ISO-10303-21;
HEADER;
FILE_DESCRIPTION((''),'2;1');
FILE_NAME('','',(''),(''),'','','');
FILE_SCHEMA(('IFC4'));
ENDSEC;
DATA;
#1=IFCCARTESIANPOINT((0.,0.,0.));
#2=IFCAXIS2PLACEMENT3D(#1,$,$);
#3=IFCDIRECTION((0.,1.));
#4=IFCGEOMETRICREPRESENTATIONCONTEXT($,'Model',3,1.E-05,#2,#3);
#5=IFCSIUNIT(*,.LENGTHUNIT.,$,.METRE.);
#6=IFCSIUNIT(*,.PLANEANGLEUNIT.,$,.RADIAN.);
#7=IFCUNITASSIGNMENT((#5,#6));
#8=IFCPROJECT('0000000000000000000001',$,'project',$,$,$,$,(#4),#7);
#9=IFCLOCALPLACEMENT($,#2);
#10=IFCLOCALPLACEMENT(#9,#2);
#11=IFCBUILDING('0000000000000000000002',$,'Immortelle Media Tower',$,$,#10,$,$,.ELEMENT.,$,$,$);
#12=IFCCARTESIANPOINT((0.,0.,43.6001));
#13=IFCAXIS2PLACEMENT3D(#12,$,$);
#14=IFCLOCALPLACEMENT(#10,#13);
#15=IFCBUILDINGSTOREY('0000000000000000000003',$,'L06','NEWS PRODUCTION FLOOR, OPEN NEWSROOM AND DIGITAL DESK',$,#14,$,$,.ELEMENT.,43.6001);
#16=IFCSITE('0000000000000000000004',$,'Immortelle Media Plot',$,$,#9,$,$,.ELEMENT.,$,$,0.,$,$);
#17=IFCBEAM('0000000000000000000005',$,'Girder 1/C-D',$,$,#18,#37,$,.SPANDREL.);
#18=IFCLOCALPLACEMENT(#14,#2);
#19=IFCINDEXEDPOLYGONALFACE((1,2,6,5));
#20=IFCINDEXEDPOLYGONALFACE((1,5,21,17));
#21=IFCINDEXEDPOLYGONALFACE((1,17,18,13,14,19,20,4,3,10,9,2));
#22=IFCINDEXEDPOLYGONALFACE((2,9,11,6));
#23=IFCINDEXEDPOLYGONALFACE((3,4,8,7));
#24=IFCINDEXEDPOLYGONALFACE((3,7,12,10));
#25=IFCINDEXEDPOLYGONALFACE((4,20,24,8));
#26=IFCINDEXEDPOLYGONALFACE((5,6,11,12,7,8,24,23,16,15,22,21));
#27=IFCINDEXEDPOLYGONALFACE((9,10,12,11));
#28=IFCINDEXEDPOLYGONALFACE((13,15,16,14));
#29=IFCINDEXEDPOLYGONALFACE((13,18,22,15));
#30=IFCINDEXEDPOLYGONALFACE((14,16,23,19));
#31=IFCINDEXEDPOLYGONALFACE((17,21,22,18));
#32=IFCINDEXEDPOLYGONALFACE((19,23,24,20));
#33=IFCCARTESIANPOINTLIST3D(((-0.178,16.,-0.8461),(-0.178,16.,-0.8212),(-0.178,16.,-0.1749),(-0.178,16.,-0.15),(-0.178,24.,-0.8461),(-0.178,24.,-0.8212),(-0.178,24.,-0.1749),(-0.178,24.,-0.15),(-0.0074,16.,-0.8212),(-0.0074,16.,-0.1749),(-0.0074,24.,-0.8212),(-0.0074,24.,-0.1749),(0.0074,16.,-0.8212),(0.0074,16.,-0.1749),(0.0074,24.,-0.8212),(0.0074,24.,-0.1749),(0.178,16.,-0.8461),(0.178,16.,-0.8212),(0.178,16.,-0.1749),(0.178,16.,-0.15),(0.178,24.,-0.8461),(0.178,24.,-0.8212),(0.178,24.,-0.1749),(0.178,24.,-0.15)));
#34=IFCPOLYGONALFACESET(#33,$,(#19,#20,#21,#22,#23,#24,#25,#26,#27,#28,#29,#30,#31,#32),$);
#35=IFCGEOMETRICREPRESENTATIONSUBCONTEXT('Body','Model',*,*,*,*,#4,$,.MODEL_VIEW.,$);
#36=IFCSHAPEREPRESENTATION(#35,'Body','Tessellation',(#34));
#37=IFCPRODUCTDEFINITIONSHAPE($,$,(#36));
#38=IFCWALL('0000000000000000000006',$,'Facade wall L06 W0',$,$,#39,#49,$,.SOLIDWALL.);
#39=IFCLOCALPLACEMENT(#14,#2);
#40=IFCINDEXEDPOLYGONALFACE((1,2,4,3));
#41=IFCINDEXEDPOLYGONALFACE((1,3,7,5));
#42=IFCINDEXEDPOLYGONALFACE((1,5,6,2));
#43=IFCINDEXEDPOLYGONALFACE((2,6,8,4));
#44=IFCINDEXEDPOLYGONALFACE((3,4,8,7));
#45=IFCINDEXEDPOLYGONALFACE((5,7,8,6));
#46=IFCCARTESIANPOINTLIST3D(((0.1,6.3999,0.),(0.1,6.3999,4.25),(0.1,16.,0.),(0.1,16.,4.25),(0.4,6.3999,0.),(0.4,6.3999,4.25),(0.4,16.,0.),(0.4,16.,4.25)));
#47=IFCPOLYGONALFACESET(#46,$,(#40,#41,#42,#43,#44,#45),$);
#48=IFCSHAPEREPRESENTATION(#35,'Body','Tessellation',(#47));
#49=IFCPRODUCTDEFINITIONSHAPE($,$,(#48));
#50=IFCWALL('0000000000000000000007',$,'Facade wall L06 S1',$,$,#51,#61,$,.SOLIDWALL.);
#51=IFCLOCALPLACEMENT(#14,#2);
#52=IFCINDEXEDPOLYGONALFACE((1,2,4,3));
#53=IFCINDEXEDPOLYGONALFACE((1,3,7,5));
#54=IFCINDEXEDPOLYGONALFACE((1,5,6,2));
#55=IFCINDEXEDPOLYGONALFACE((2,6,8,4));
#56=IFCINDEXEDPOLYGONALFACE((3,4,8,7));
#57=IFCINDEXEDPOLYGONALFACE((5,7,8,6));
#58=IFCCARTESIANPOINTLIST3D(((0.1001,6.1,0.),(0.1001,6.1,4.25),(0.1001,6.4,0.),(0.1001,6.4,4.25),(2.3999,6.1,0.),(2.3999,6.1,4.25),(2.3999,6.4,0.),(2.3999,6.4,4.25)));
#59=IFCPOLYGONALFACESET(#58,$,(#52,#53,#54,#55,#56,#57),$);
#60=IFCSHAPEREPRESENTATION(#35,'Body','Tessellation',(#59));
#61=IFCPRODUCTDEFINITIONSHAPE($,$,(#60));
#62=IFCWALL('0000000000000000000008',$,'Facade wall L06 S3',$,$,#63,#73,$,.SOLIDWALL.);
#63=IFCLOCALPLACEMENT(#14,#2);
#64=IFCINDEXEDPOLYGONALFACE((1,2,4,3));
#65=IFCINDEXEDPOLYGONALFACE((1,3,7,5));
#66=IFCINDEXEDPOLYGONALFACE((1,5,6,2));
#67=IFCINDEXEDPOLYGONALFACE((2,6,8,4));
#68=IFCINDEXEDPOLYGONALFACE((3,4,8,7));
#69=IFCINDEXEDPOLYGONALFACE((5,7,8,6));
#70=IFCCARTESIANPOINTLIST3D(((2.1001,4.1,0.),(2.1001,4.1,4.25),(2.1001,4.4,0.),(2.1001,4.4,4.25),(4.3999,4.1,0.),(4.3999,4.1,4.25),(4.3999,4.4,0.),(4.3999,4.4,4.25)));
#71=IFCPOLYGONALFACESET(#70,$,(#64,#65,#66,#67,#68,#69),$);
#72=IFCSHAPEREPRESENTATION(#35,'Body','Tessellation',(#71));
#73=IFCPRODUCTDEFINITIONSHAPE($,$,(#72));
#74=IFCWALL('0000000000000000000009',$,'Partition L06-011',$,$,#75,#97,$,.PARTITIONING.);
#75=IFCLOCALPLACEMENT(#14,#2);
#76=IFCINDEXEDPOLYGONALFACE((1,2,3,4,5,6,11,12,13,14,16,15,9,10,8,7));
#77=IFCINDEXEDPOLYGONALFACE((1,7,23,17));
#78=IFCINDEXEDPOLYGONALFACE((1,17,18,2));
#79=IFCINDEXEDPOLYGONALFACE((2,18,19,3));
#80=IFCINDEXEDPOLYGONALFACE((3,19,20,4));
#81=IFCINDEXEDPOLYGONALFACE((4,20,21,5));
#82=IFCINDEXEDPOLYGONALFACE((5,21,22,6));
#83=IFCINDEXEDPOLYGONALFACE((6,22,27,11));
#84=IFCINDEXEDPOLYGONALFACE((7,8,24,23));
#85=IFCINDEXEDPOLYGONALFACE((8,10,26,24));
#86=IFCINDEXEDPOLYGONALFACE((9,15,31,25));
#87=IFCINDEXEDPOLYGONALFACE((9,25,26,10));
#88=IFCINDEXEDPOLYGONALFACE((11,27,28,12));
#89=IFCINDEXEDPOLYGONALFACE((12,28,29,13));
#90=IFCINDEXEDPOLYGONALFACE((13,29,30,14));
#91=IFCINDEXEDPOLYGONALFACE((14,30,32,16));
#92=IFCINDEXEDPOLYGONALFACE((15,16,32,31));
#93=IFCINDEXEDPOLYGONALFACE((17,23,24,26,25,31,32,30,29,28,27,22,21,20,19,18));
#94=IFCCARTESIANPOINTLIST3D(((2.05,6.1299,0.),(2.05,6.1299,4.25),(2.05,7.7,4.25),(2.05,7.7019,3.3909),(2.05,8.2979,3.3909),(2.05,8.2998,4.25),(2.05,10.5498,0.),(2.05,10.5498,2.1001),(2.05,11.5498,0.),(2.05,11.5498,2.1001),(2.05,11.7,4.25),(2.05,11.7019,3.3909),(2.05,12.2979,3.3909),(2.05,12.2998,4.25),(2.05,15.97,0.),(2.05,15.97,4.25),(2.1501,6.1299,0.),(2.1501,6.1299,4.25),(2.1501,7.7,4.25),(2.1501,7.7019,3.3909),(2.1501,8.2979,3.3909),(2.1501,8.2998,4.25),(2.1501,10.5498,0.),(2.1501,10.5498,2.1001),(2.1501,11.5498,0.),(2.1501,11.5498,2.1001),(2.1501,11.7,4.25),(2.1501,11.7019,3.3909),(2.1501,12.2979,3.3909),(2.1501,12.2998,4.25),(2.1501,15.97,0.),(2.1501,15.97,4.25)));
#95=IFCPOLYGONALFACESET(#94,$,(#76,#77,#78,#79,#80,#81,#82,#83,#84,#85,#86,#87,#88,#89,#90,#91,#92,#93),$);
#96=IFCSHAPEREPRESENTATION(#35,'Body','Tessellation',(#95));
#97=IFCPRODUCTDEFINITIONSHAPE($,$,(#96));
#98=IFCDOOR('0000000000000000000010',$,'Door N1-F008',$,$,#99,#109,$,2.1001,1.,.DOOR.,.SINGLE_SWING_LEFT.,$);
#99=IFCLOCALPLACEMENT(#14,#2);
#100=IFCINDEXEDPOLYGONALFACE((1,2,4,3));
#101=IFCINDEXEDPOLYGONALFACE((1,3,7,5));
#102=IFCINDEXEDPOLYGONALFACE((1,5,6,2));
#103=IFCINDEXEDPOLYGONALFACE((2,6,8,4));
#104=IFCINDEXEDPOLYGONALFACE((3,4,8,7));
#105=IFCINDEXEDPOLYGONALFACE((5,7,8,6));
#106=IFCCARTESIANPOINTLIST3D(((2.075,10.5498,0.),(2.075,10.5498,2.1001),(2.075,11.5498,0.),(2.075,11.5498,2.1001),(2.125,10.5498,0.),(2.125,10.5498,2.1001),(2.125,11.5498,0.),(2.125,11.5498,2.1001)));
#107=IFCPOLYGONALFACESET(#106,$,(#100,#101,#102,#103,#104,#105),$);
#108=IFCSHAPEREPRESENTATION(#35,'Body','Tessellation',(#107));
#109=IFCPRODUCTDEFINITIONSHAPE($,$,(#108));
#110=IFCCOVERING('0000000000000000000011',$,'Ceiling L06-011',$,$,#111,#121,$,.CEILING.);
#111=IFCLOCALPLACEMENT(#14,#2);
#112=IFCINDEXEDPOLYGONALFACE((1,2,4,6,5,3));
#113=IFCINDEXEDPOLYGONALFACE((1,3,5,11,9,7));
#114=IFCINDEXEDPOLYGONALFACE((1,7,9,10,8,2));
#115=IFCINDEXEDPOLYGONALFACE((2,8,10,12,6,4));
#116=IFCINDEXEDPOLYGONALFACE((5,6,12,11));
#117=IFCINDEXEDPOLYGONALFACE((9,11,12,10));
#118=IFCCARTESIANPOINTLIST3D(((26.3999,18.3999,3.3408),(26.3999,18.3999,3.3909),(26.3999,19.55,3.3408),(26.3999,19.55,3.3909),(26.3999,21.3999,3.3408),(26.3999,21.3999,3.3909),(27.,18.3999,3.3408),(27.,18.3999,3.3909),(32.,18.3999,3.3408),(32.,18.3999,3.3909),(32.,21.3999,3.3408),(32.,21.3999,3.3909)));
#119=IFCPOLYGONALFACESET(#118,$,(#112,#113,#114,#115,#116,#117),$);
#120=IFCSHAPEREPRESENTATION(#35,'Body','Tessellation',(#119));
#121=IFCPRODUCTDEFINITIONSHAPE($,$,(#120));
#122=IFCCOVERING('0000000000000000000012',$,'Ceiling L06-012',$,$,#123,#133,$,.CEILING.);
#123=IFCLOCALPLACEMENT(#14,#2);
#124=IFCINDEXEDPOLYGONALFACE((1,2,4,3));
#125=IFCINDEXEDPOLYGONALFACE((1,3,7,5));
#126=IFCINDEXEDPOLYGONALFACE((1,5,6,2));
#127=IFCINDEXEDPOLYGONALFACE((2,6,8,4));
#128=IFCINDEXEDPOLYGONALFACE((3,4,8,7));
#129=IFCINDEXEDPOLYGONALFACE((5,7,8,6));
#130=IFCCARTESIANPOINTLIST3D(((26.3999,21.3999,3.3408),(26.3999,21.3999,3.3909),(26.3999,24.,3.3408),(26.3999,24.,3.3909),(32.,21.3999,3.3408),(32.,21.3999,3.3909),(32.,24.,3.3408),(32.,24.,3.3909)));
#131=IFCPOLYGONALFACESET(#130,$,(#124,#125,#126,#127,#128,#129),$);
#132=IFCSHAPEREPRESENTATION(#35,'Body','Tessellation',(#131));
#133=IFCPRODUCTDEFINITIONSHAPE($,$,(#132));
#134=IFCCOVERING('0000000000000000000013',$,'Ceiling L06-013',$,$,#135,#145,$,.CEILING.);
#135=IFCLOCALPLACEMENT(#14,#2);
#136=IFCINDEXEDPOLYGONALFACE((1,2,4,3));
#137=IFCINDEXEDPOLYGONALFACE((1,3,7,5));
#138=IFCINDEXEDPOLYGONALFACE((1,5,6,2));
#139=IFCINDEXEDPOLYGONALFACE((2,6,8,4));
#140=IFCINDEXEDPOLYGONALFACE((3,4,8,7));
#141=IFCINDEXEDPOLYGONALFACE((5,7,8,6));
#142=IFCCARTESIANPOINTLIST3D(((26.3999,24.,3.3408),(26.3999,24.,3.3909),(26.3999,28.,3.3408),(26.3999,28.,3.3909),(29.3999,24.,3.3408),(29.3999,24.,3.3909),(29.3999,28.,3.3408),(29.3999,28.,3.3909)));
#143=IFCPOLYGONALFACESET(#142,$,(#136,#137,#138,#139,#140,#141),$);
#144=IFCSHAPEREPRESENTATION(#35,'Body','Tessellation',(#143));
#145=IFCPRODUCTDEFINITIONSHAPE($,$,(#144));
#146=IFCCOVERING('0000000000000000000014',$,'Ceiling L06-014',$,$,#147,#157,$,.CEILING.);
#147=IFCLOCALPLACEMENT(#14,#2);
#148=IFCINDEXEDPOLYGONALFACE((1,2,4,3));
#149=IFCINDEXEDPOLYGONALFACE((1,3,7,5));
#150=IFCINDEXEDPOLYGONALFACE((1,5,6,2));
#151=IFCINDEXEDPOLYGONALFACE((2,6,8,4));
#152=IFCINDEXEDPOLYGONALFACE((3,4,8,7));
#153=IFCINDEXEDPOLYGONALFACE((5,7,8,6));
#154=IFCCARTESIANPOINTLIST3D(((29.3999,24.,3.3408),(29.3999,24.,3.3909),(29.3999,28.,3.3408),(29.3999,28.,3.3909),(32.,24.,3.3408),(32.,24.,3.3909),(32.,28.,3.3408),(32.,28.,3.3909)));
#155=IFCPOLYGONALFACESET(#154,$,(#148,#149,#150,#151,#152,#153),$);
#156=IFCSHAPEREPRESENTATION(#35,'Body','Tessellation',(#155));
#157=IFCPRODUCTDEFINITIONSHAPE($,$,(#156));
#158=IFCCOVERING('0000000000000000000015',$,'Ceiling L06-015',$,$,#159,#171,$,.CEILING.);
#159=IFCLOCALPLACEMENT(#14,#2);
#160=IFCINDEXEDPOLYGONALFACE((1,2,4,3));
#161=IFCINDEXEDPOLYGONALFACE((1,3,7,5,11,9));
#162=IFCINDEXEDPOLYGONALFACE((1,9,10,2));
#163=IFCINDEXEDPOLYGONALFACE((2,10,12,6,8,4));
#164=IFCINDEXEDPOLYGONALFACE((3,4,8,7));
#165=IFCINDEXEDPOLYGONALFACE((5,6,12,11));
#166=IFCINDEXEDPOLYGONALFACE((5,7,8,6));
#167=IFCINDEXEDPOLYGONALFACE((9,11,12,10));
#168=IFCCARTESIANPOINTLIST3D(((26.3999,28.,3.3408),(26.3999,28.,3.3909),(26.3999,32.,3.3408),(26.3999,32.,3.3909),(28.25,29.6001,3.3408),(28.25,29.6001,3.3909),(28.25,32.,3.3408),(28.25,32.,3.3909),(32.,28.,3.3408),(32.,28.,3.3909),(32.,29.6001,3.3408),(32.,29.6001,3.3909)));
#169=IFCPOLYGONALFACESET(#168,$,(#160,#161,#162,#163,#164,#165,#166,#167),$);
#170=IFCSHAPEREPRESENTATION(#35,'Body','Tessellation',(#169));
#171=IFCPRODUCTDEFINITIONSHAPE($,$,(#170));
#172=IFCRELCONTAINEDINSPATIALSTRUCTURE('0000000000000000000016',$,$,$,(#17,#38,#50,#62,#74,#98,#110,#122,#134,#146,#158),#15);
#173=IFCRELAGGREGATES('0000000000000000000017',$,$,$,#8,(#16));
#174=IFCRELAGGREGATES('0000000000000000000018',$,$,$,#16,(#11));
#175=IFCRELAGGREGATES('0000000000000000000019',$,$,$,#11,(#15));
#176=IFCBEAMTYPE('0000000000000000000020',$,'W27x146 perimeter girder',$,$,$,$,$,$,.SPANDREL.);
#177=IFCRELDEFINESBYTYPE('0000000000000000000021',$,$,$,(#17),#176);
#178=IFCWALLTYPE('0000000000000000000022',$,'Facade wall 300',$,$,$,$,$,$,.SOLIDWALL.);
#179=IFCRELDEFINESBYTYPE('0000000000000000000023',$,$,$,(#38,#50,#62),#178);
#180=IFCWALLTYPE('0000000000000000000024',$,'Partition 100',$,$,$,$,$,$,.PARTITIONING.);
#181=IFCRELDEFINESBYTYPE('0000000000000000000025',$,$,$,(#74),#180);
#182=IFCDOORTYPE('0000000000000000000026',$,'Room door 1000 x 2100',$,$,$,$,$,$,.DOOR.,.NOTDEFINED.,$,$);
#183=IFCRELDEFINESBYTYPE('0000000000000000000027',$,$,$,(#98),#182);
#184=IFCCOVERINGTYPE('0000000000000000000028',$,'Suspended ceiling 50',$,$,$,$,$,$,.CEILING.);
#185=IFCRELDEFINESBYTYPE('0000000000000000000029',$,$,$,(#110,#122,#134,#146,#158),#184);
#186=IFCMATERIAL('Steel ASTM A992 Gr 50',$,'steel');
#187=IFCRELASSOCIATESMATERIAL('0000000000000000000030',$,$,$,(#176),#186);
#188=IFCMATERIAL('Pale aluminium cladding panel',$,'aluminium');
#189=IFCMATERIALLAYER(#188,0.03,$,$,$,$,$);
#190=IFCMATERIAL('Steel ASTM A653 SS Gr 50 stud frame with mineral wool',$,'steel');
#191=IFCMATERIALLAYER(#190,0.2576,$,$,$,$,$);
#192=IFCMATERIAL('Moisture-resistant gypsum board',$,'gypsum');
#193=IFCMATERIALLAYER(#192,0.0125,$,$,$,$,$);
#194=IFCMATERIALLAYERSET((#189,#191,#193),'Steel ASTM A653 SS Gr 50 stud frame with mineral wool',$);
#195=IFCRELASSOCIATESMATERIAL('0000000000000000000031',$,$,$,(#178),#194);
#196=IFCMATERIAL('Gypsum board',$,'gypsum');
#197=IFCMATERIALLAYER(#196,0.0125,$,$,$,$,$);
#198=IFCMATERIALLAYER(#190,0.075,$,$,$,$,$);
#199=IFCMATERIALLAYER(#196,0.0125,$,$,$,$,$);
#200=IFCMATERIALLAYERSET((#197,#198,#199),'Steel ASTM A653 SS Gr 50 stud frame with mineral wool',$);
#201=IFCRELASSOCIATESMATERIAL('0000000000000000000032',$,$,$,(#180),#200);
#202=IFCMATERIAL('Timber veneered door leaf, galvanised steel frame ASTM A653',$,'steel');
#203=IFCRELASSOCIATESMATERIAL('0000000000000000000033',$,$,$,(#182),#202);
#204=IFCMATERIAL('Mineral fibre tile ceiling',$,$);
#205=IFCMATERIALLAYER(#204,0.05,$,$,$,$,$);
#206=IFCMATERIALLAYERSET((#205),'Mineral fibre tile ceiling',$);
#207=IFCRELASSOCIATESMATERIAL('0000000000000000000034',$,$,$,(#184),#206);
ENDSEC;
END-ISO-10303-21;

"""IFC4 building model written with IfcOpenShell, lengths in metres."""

from ifc_helpers import new_model, si_unit, direction, frame, frame_2d, origin, origin_2d, place, context, subcontext, project, spatial, polyline, rectangle, i_section, outline, extrude, material, layer, layer_set, material_profile, profile_set, type_object, element, fill, save


model = new_model("IFC4")

# Units and contexts
model_context = context("Model", 3, precision=1e-05, world=origin(), true_north=direction((0.0, 1.0)))
body_context = subcontext(model_context, "Body", "Model", "MODEL_VIEW")
ifc_project = project(units=[si_unit("LENGTHUNIT", "METRE"), si_unit("PLANEANGLEUNIT", "RADIAN")], contexts=[model_context])

# Site, building, storey
site_placement = place(None, origin())
site = spatial("IfcSite", under=ifc_project, at=site_placement, Name="Immortelle Media Plot", CompositionType="ELEMENT", RefElevation=0.0)
building_placement = place(site_placement, origin())
building = spatial("IfcBuilding", under=site, at=building_placement, Name="Immortelle Media Tower", CompositionType="ELEMENT")
storey_placement = place(building_placement, frame((0.0, 0.0, 43.6001)))
storey = spatial("IfcBuildingStorey", under=building, at=storey_placement, Name="L06", Description="NEWS PRODUCTION FLOOR, OPEN NEWSROOM AND DIGITAL DESK", CompositionType="ELEMENT", Elevation=43.6001)

# Shared definitions
ifc_material_1 = material(Name="Steel ASTM A992 Gr 50", Category="steel")

# Beam
ifc_material_profile_1 = material_profile(ifc_material_1, i_section(OverallWidth=0.356, OverallDepth=0.696, WebThickness=0.0149, FlangeThickness=0.0249, at=origin_2d()), Name="W27x146")
ifc_profile_set_1 = profile_set([ifc_material_profile_1], Name="Steel ASTM A992 Gr 50")
beam_type_1 = type_object("IfcBeamType", Name="W27x146 perimeter girder", PredefinedType="SPANDREL", material=ifc_profile_set_1)
for number, where, z_axis, x_axis, name in (
    (1, (0.0, 16.0, -0.498), (0.0, 1.0, 0.0), (-1.0, 0.0, 0.0), "Girder 1/C-D"),
):
    element("IfcBeam", number, at=place(storey_placement, frame(where, z_axis=z_axis, x_axis=x_axis)), inside=storey, type_object=beam_type_1, Name=name, PredefinedType="SPANDREL", context=body_context, shape_type="SweptSolid", body=[
        extrude(i_section(OverallWidth=0.356, OverallDepth=0.696, WebThickness=0.0149, FlangeThickness=0.0249, at=origin_2d()), origin(), (0.0, 0.0, 1.0), 8.0),
    ])

# Walls
ifc_material_2 = material(Name="Pale aluminium cladding panel", Category="aluminium")
ifc_layer_1 = layer(ifc_material_2, 0.03)
ifc_material_3 = material(Name="Steel ASTM A653 SS Gr 50 stud frame with mineral wool", Category="steel")
ifc_layer_2 = layer(ifc_material_3, 0.2576)
ifc_material_4 = material(Name="Moisture-resistant gypsum board", Category="gypsum")
ifc_layer_3 = layer(ifc_material_4, 0.0125)
ifc_layer_set_1 = layer_set([ifc_layer_1, ifc_layer_2, ifc_layer_3], Name="Steel ASTM A653 SS Gr 50 stud frame with mineral wool")
wall_type_1 = type_object("IfcWallType", Name="Facade wall 300", PredefinedType="SOLIDWALL", material=ifc_layer_set_1)
wall_1_placement = place(storey_placement, frame((0.25, 16.0, 0.0), z_axis=(0.0, 0.0, 1.0), x_axis=(0.0, -1.0, 0.0)))
element("IfcWall", 2, at=wall_1_placement, inside=storey, type_object=wall_type_1, Name="Facade wall L06 W0", PredefinedType="SOLIDWALL", context=body_context, shape_type="SweptSolid", body=[
    extrude(rectangle(XDim=9.6001, YDim=0.3, at=frame_2d((4.8, 0.0))), origin(), (0.0, 0.0, 1.0), 4.25),
])
for number, where, z_axis, x_axis, name in (
    (3, (0.1001, 6.25, 0.0), (0.0, 0.0, 1.0), (1.0, 0.0, 0.0), "Facade wall L06 S1"),
    (4, (2.1001, 4.25, 0.0), (0.0, 0.0, 1.0), (1.0, 0.0, 0.0), "Facade wall L06 S3"),
):
    element("IfcWall", number, at=place(storey_placement, frame(where, z_axis=z_axis, x_axis=x_axis)), inside=storey, type_object=wall_type_1, Name=name, PredefinedType="SOLIDWALL", context=body_context, shape_type="SweptSolid", body=[
        extrude(rectangle(XDim=2.2998, YDim=0.3, at=frame_2d((1.1499, 0.0))), origin(), (0.0, 0.0, 1.0), 4.25),
    ])

# Wall, opening, door
ifc_material_5 = material(Name="Gypsum board", Category="gypsum")
ifc_layer_4 = layer(ifc_material_5, 0.0125)
ifc_layer_5 = layer(ifc_material_3, 0.075)
ifc_layer_6 = layer(ifc_material_5, 0.0125)
ifc_layer_set_2 = layer_set([ifc_layer_4, ifc_layer_5, ifc_layer_6], Name="Steel ASTM A653 SS Gr 50 stud frame with mineral wool")
wall_type_2 = type_object("IfcWallType", Name="Partition 100", PredefinedType="PARTITIONING", material=ifc_layer_set_2)
wall_2_placement = place(storey_placement, frame((2.1001, 6.1299, 0.0), z_axis=(0.0, 0.0, 1.0), x_axis=(0.0, 1.0, 0.0)))
wall_2 = element("IfcWall", 5, at=wall_2_placement, inside=storey, type_object=wall_type_2, Name="Partition L06-011", PredefinedType="PARTITIONING", context=body_context, shape_type="SweptSolid", body=[
    extrude(outline(polyline([(0.0, 0.0), (9.8401, 0.0), (9.8401, 4.25), (6.1699, 4.25), (6.168, 3.3909), (5.572, 3.3909), (5.5701, 4.25), (2.1699, 4.25), (2.168, 3.3909), (1.572, 3.3909), (1.5701, 4.25), (0.0, 4.25), (0.0, 0.0)])), frame((0.0, 0.05, 0.0), z_axis=(0.0, -1.0, 0.0), x_axis=(1.0, 0.0, 0.0)), (0.0, 0.0, 1.0), 0.1001),
])
opening_placement = place(wall_2_placement, frame((5.4199, 0.0, 0.0), z_axis=(0.0, 0.0, 1.0), x_axis=(-1.0, 0.0, 0.0)))
opening = element("IfcOpeningElement", 6, at=opening_placement, cuts=wall_2, PredefinedType="OPENING", context=body_context, shape_type="SweptSolid", body=[
    extrude(rectangle(XDim=1.0, YDim=2.1001, at=frame_2d((0.5, 1.05))), frame((0.0, 0.0601, 0.0), z_axis=(0.0, -1.0, 0.0), x_axis=(1.0, 0.0, 0.0)), (0.0, 0.0, 1.0), 0.1201),
])
ifc_material_6 = material(Name="Timber veneered door leaf, galvanised steel frame ASTM A653", Category="steel")
door_type = type_object("IfcDoorType", Name="Room door 1000 x 2100", OperationType="NOTDEFINED", PredefinedType="DOOR", material=ifc_material_6)
door_placement = place(opening_placement, origin())
door = element("IfcDoor", 7, at=door_placement, inside=storey, type_object=door_type, Name="Door N1-F008", OperationType="SINGLE_SWING_LEFT", OverallHeight=2.1001, OverallWidth=1.0, PredefinedType="DOOR", context=body_context, shape_type="SweptSolid", body=[
    extrude(rectangle(XDim=1.0, YDim=2.1001, at=frame_2d((0.5, 1.05))), frame((0.0, 0.0249, 0.0), z_axis=(0.0, -1.0, 0.0), x_axis=(1.0, 0.0, 0.0)), (0.0, 0.0, 1.0), 0.05),
])
fill(opening, door)

# Coverings
ifc_material_7 = material(Name="Mineral fibre tile ceiling")
ifc_layer_7 = layer(ifc_material_7, 0.05)
ifc_layer_set_3 = layer_set([ifc_layer_7], Name="Mineral fibre tile ceiling")
covering_type = type_object("IfcCoveringType", Name="Suspended ceiling 50", PredefinedType="CEILING", material=ifc_layer_set_3)
covering_1_placement = place(storey_placement, frame((0.0, 0.0, 3.3408)))
element("IfcCovering", 8, at=covering_1_placement, inside=storey, type_object=covering_type, Name="Ceiling L06-011", PredefinedType="CEILING", context=body_context, shape_type="SweptSolid", body=[
    extrude(outline(polyline([(27.0, 18.3999), (26.3999, 18.3999), (26.3999, 19.55), (26.3999, 21.3999), (32.0, 21.3999), (32.0, 18.3999), (27.0, 18.3999)])), origin(), (0.0, 0.0, 1.0), 0.05),
])
covering_2_placement = place(storey_placement, frame((0.0, 0.0, 3.3408)))
element("IfcCovering", 9, at=covering_2_placement, inside=storey, type_object=covering_type, Name="Ceiling L06-012", PredefinedType="CEILING", context=body_context, shape_type="SweptSolid", body=[
    extrude(outline(polyline([(26.3999, 24.0), (32.0, 24.0), (32.0, 21.3999), (26.3999, 21.3999), (26.3999, 24.0)])), origin(), (0.0, 0.0, 1.0), 0.05),
])
covering_3_placement = place(storey_placement, frame((0.0, 0.0, 3.3408)))
element("IfcCovering", 10, at=covering_3_placement, inside=storey, type_object=covering_type, Name="Ceiling L06-013", PredefinedType="CEILING", context=body_context, shape_type="SweptSolid", body=[
    extrude(outline(polyline([(29.3999, 28.0), (29.3999, 24.0), (26.3999, 24.0), (26.3999, 28.0), (29.3999, 28.0)])), origin(), (0.0, 0.0, 1.0), 0.05),
])
covering_4_placement = place(storey_placement, frame((0.0, 0.0, 3.3408)))
element("IfcCovering", 11, at=covering_4_placement, inside=storey, type_object=covering_type, Name="Ceiling L06-014", PredefinedType="CEILING", context=body_context, shape_type="SweptSolid", body=[
    extrude(outline(polyline([(32.0, 28.0), (32.0, 24.0), (29.3999, 24.0), (29.3999, 28.0), (32.0, 28.0)])), origin(), (0.0, 0.0, 1.0), 0.05),
])
covering_5_placement = place(storey_placement, frame((0.0, 0.0, 3.3408)))
element("IfcCovering", 12, at=covering_5_placement, inside=storey, type_object=covering_type, Name="Ceiling L06-015", PredefinedType="CEILING", context=body_context, shape_type="SweptSolid", body=[
    extrude(outline(polyline([(26.3999, 32.0), (28.25, 32.0), (28.25, 29.6001), (32.0, 29.6001), (32.0, 28.0), (26.3999, 28.0), (26.3999, 32.0)])), origin(), (0.0, 0.0, 1.0), 0.05),
])

save(model, "model.ifc")
